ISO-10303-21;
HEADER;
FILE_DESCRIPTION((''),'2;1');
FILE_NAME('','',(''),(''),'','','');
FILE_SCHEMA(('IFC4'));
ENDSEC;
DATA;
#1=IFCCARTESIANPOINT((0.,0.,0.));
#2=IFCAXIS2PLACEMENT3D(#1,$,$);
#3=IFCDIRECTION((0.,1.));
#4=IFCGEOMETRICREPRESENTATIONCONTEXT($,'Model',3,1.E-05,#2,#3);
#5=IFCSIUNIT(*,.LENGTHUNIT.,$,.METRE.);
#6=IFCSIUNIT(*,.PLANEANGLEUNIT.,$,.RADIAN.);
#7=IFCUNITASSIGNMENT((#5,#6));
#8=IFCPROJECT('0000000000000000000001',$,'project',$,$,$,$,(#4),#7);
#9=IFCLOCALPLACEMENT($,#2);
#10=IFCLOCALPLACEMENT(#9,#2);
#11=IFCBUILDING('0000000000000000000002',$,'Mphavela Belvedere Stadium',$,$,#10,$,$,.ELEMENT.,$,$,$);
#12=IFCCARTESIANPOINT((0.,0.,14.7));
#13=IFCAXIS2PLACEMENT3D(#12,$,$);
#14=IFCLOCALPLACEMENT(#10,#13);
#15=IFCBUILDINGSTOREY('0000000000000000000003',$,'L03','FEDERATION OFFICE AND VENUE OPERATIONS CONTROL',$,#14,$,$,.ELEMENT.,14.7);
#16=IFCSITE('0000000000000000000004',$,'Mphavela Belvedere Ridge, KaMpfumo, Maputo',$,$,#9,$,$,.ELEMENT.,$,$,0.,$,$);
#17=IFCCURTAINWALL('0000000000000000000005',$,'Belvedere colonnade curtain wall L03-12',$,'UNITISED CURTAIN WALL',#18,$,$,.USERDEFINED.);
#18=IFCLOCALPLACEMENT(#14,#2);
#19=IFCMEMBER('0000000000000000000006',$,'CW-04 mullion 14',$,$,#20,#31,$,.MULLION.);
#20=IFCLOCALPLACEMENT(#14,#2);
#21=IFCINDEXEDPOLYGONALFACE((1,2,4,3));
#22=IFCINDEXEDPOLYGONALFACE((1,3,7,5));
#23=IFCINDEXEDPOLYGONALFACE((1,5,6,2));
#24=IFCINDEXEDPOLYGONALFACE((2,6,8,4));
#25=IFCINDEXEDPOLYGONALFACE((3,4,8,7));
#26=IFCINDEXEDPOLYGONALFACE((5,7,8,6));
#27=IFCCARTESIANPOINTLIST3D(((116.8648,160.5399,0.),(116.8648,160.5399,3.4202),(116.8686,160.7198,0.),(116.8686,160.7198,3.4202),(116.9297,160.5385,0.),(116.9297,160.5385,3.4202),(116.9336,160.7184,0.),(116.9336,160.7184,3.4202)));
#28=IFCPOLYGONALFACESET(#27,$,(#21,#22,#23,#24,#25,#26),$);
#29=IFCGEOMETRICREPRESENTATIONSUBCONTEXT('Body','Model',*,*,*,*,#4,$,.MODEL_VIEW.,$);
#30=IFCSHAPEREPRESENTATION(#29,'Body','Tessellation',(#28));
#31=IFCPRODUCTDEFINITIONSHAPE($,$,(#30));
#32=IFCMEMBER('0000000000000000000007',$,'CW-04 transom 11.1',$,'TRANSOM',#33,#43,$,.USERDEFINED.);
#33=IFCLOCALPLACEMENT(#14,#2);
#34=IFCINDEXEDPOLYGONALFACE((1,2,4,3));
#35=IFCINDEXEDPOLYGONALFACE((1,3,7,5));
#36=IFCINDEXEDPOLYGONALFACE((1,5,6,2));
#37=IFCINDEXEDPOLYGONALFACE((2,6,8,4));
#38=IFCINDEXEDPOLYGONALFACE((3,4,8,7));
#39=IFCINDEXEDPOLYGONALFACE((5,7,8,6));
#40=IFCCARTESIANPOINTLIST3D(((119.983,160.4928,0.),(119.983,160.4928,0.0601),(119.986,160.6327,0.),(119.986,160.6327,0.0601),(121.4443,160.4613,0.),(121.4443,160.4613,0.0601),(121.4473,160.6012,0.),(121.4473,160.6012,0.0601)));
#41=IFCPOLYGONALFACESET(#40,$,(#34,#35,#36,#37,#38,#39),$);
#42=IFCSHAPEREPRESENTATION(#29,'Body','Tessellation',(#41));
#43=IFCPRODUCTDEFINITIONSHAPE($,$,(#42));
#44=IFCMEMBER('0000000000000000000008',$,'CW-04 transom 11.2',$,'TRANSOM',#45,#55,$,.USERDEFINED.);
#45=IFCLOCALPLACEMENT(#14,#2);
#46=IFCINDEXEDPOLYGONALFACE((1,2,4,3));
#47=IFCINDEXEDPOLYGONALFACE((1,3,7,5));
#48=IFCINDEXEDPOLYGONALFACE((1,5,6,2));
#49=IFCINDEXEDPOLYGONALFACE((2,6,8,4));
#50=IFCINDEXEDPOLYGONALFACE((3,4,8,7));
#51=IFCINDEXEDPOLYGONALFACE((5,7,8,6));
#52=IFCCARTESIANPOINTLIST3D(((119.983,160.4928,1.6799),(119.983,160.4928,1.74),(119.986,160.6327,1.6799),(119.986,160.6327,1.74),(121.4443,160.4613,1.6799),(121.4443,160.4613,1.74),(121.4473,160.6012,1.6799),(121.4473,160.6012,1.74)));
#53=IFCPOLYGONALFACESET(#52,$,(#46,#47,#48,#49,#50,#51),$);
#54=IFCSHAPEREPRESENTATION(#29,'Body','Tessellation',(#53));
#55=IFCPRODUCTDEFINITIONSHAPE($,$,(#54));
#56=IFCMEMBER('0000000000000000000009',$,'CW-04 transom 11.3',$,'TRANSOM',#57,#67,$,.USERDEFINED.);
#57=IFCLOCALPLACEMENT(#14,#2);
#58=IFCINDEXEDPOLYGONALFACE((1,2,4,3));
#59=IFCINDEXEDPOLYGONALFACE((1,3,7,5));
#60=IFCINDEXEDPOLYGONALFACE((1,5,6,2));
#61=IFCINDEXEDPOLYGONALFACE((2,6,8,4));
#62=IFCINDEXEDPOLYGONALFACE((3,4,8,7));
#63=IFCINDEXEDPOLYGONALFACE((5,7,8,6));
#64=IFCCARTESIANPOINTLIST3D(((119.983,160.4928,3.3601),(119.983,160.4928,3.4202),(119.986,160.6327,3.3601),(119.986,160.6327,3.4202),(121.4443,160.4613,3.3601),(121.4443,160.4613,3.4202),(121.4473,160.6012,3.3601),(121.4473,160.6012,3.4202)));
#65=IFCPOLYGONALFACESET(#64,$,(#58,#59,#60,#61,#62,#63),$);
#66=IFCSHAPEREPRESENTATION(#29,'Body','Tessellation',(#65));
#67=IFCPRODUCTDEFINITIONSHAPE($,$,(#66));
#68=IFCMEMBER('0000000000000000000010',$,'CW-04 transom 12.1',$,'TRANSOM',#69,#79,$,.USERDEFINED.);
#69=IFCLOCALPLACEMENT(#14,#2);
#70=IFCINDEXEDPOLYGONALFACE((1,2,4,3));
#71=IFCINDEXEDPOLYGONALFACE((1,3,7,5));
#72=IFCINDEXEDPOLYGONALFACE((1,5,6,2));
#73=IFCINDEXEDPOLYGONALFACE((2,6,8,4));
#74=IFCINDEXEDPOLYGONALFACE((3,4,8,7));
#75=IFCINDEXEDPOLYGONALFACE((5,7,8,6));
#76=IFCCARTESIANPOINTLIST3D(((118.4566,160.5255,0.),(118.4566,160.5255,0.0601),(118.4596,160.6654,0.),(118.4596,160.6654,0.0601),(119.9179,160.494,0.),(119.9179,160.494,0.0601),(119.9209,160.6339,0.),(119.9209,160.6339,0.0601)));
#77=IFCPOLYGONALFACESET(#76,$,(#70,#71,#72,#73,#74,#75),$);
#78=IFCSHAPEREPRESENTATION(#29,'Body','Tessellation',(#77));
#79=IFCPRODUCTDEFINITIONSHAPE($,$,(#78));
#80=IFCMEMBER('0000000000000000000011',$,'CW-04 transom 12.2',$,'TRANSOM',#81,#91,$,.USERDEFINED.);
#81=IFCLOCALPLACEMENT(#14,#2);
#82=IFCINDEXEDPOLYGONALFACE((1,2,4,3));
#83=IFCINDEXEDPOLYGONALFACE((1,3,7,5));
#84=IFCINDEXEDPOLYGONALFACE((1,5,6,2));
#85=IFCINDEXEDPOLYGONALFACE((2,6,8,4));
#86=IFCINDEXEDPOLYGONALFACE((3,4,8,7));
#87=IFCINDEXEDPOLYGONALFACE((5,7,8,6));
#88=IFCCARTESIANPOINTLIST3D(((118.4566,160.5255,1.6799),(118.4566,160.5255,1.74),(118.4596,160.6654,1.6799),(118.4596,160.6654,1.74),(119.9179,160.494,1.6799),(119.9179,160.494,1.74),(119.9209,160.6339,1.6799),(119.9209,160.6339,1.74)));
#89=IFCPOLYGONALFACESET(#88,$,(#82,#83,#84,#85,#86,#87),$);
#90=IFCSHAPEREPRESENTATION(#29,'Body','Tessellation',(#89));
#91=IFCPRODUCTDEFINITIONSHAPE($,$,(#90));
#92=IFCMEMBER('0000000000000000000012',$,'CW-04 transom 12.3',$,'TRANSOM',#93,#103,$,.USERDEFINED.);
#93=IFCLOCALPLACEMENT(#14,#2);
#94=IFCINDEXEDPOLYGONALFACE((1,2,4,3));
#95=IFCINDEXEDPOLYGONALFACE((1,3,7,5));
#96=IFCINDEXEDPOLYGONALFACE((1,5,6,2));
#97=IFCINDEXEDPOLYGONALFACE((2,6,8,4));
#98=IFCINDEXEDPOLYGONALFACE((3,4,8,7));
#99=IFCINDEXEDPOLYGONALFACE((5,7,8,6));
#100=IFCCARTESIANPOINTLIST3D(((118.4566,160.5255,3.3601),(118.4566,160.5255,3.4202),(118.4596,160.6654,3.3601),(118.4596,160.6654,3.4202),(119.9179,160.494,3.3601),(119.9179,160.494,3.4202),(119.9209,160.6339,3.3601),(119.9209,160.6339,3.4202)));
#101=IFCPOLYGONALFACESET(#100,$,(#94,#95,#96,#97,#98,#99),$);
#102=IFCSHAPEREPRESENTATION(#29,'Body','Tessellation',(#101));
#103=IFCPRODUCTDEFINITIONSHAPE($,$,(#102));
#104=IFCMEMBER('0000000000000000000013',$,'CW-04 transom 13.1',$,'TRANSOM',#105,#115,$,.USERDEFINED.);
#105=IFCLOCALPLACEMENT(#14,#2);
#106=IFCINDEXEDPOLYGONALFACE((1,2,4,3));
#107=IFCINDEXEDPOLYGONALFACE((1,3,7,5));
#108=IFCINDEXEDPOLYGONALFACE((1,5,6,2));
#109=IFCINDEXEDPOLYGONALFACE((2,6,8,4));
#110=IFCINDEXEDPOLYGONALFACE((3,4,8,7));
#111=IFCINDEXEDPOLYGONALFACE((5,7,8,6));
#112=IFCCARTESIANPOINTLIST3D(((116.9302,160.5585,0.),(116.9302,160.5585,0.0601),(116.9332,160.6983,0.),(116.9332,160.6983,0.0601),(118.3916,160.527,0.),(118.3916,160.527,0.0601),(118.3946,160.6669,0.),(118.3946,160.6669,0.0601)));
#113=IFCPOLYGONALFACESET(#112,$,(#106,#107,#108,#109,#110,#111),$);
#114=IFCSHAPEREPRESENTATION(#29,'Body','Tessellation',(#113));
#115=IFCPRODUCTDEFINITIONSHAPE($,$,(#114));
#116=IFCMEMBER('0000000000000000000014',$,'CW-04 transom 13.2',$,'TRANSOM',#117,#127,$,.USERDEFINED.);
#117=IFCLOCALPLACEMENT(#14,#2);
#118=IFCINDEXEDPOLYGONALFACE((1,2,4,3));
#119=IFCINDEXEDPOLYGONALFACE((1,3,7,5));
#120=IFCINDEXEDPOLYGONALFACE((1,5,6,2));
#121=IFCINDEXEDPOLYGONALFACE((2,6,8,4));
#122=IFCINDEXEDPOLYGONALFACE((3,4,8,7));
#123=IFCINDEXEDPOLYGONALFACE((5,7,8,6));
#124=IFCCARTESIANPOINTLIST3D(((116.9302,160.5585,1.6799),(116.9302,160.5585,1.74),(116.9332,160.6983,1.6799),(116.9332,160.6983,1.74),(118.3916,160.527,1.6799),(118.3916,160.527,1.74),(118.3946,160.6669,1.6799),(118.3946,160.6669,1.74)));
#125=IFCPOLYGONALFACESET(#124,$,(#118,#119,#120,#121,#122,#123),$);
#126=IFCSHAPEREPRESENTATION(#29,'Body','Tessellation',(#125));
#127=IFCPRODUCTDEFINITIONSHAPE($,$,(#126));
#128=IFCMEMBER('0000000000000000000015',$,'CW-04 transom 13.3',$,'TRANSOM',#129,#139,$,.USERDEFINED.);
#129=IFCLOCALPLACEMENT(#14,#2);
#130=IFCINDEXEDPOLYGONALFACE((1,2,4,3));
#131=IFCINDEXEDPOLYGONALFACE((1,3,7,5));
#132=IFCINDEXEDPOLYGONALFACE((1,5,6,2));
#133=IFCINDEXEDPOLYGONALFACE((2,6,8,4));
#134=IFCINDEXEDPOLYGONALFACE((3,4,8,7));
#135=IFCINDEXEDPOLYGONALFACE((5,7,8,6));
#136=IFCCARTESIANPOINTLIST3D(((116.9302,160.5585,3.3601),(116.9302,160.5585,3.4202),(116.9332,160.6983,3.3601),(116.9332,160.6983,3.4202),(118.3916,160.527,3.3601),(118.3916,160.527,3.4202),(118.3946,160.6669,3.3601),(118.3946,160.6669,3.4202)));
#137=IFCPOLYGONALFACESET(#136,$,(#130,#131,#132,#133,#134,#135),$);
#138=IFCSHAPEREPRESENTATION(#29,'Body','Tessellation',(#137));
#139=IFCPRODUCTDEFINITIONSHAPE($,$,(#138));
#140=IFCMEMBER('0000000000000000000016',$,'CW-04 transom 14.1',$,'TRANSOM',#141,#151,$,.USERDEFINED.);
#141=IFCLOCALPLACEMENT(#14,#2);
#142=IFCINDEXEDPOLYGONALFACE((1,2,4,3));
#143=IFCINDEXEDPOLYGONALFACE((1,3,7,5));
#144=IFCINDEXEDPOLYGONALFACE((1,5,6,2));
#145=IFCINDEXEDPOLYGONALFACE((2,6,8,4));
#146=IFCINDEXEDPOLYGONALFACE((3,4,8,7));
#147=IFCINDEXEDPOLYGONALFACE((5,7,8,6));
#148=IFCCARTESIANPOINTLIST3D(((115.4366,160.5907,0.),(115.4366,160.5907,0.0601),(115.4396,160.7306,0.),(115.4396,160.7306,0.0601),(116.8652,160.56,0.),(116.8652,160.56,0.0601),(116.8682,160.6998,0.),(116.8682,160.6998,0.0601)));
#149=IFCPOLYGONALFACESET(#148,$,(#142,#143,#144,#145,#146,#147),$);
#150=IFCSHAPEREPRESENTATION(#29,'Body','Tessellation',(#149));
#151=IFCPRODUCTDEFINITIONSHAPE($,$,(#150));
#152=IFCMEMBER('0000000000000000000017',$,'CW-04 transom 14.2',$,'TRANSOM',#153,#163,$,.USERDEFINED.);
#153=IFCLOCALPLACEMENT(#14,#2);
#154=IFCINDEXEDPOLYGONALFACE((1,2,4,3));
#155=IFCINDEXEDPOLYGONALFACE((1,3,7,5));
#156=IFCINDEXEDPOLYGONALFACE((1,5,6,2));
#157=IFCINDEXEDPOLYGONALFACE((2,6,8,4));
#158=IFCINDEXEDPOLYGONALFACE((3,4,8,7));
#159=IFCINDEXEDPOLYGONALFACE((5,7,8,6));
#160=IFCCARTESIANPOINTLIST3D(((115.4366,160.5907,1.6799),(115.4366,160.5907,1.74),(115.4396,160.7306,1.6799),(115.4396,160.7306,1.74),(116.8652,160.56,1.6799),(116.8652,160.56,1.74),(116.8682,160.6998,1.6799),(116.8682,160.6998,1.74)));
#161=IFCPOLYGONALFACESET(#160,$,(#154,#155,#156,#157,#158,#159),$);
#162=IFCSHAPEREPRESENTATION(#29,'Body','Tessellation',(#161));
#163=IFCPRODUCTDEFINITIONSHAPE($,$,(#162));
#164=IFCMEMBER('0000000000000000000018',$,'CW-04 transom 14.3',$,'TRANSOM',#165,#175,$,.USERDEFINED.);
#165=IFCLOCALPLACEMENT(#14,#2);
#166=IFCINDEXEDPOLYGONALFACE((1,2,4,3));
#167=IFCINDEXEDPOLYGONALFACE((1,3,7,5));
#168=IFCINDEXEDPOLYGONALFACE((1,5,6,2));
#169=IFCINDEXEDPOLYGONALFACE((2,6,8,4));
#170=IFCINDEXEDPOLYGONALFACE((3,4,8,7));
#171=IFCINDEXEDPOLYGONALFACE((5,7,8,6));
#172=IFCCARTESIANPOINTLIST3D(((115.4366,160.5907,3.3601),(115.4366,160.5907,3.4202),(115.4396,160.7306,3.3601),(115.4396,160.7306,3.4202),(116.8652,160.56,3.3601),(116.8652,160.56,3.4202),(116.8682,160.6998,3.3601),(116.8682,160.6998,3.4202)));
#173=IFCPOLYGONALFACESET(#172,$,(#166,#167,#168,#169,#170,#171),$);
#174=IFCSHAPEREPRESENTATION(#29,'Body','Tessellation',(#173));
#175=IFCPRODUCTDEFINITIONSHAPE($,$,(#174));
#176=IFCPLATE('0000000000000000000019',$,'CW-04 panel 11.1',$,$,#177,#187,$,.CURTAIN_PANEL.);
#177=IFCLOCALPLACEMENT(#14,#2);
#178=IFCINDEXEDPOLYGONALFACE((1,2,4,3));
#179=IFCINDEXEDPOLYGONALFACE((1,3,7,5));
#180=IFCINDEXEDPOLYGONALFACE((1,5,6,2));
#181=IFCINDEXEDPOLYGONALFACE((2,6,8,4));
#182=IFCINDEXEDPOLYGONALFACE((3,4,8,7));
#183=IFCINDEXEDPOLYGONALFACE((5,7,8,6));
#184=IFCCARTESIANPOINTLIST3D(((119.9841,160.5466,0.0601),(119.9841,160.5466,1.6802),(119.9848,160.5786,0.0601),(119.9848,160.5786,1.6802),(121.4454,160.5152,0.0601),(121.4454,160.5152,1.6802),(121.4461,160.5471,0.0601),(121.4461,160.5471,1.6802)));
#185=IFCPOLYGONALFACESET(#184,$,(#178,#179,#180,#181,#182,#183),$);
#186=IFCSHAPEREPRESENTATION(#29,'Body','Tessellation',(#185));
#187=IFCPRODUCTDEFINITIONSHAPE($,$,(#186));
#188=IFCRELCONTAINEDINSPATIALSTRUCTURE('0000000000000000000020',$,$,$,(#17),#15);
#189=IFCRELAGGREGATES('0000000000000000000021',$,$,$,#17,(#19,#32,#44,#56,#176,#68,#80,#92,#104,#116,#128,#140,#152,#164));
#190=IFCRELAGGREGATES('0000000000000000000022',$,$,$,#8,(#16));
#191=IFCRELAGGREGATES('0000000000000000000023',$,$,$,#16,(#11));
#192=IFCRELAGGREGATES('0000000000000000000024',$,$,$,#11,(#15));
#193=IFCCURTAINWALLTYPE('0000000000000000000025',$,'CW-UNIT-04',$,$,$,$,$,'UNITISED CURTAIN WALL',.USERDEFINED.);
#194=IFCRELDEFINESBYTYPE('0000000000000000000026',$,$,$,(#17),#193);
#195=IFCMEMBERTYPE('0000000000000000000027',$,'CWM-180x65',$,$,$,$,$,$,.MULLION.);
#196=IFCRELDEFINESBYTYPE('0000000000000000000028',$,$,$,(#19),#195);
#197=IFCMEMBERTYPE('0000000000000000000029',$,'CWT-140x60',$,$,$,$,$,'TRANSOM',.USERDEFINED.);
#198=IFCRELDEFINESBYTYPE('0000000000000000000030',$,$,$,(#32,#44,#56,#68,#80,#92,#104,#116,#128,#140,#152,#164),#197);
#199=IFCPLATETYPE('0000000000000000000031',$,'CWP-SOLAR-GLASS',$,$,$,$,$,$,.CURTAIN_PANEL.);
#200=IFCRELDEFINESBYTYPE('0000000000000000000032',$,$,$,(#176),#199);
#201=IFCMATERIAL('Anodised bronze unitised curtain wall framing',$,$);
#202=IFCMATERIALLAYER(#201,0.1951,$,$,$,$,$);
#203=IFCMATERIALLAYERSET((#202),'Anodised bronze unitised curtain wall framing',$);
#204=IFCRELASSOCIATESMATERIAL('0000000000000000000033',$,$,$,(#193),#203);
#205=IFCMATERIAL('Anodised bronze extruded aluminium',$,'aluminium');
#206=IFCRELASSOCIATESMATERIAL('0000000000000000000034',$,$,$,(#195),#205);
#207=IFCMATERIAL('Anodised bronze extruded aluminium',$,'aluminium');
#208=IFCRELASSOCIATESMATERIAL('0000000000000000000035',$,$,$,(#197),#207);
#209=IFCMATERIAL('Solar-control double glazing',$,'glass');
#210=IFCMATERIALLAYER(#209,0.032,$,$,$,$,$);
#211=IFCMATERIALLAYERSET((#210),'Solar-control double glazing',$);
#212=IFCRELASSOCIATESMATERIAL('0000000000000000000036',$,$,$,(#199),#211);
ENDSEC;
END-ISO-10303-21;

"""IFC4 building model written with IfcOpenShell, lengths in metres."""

from ifc_helpers import new_model, si_unit, direction, frame, origin, origin_2d, place, context, subcontext, project, spatial, rectangle, extrude, material, layer, layer_set, material_profile, profile_set, type_object, element, aggregate, save


model = new_model("IFC4")

# Units and contexts
model_context = context("Model", 3, precision=1e-05, world=origin(), true_north=direction((0.0, 1.0)))
body_context = subcontext(model_context, "Body", "Model", "MODEL_VIEW")
ifc_project = project(units=[si_unit("LENGTHUNIT", "METRE"), si_unit("PLANEANGLEUNIT", "RADIAN")], contexts=[model_context])

# Site, building, storey
site_placement = place(None, origin())
site = spatial("IfcSite", under=ifc_project, at=site_placement, Name="Mphavela Belvedere Ridge, KaMpfumo, Maputo", CompositionType="ELEMENT", RefElevation=0.0)
building_placement = place(site_placement, origin())
building = spatial("IfcBuilding", under=site, at=building_placement, Name="Mphavela Belvedere Stadium", CompositionType="ELEMENT")
storey_placement = place(building_placement, frame((0.0, 0.0, 14.7)))
storey = spatial("IfcBuildingStorey", under=building, at=storey_placement, Name="L03", Description="FEDERATION OFFICE AND VENUE OPERATIONS CONTROL", CompositionType="ELEMENT", Elevation=14.7)

# Curtain wall, members, plate
ifc_material_1 = material(Name="Anodised bronze unitised curtain wall framing")
ifc_layer_1 = layer(ifc_material_1, 0.1951)
ifc_layer_set_1 = layer_set([ifc_layer_1], Name="Anodised bronze unitised curtain wall framing")
curtain_wall_type = type_object("IfcCurtainWallType", Name="CW-UNIT-04", ElementType="UNITISED CURTAIN WALL", PredefinedType="USERDEFINED", material=ifc_layer_set_1)
curtain_wall_placement = place(storey_placement, origin())
curtain_wall = element("IfcCurtainWall", 1, at=curtain_wall_placement, inside=storey, type_object=curtain_wall_type, Name="Belvedere colonnade curtain wall L03-12", ObjectType="UNITISED CURTAIN WALL", PredefinedType="USERDEFINED")
ifc_material_2 = material(Name="Anodised bronze extruded aluminium", Category="aluminium")
ifc_material_profile_1 = material_profile(ifc_material_2, rectangle(XDim=0.1799, YDim=0.0649, at=origin_2d()), Name="CW-MUL 180x65")
ifc_profile_set_1 = profile_set([ifc_material_profile_1], Name="Anodised bronze extruded aluminium")
member_type_1 = type_object("IfcMemberType", Name="CWM-180x65", PredefinedType="MULLION", material=ifc_profile_set_1)
member_1_placement = place(storey_placement, frame((116.8992, 160.6292, 0.0), z_axis=(0.0, 0.0, 1.0), x_axis=(-0.021531, -0.999768, 0.0)))
member_1 = element("IfcMember", 2, at=member_1_placement, type_object=member_type_1, Name="CW-04 mullion 14", PredefinedType="MULLION", context=body_context, shape_type="SweptSolid", body=[
    extrude(rectangle(XDim=0.1799, YDim=0.0649, at=origin_2d()), origin(), (0.0, 0.0, 1.0), 3.4202),
])
ifc_material_3 = material(Name="Anodised bronze extruded aluminium", Category="aluminium")
ifc_material_profile_2 = material_profile(ifc_material_3, rectangle(XDim=0.1399, YDim=0.0601, at=origin_2d()), Name="CW-TRN 140x60")
ifc_profile_set_2 = profile_set([ifc_material_profile_2], Name="Anodised bronze extruded aluminium")
member_type_2 = type_object("IfcMemberType", Name="CWT-140x60", ElementType="TRANSOM", PredefinedType="USERDEFINED", material=ifc_profile_set_2)
member_2_placement = place(storey_placement, frame((121.4458, 160.5312, 0.03), z_axis=(-0.999768, 0.021545, 0.0), x_axis=(-0.021545, -0.999768, 0.0)))
member_2 = element("IfcMember", 3, at=member_2_placement, type_object=member_type_2, Name="CW-04 transom 11.1", ObjectType="TRANSOM", PredefinedType="USERDEFINED", context=body_context, shape_type="SweptSolid", body=[
    extrude(rectangle(XDim=0.1399, YDim=0.0601, at=origin_2d()), origin(), (0.0, 0.0, 1.0), 1.4617),
])
member_3_placement = place(storey_placement, frame((121.4458, 160.5312, 1.71), z_axis=(-0.999768, 0.021545, 0.0), x_axis=(-0.021545, -0.999768, 0.0)))
member_3 = element("IfcMember", 4, at=member_3_placement, type_object=member_type_2, Name="CW-04 transom 11.2", ObjectType="TRANSOM", PredefinedType="USERDEFINED", context=body_context, shape_type="SweptSolid", body=[
    extrude(rectangle(XDim=0.1399, YDim=0.0601, at=origin_2d()), origin(), (0.0, 0.0, 1.0), 1.4617),
])
member_4_placement = place(storey_placement, frame((121.4458, 160.5312, 3.3901), z_axis=(-0.999768, 0.021545, 0.0), x_axis=(-0.021545, -0.999768, 0.0)))
member_4 = element("IfcMember", 5, at=member_4_placement, type_object=member_type_2, Name="CW-04 transom 11.3", ObjectType="TRANSOM", PredefinedType="USERDEFINED", context=body_context, shape_type="SweptSolid", body=[
    extrude(rectangle(XDim=0.1399, YDim=0.0601, at=origin_2d()), origin(), (0.0, 0.0, 1.0), 1.4617),
])
member_5_placement = place(storey_placement, frame((119.9194, 160.564, 0.03), z_axis=(-0.999768, 0.021545, 0.0), x_axis=(-0.021545, -0.999768, 0.0)))
member_5 = element("IfcMember", 6, at=member_5_placement, type_object=member_type_2, Name="CW-04 transom 12.1", ObjectType="TRANSOM", PredefinedType="USERDEFINED", context=body_context, shape_type="SweptSolid", body=[
    extrude(rectangle(XDim=0.1399, YDim=0.0601, at=origin_2d()), origin(), (0.0, 0.0, 1.0), 1.4617),
])
member_6_placement = place(storey_placement, frame((119.9194, 160.564, 1.71), z_axis=(-0.999768, 0.021545, 0.0), x_axis=(-0.021545, -0.999768, 0.0)))
member_6 = element("IfcMember", 7, at=member_6_placement, type_object=member_type_2, Name="CW-04 transom 12.2", ObjectType="TRANSOM", PredefinedType="USERDEFINED", context=body_context, shape_type="SweptSolid", body=[
    extrude(rectangle(XDim=0.1399, YDim=0.0601, at=origin_2d()), origin(), (0.0, 0.0, 1.0), 1.4617),
])
member_7_placement = place(storey_placement, frame((119.9194, 160.564, 3.3901), z_axis=(-0.999768, 0.021545, 0.0), x_axis=(-0.021545, -0.999768, 0.0)))
member_7 = element("IfcMember", 8, at=member_7_placement, type_object=member_type_2, Name="CW-04 transom 12.3", ObjectType="TRANSOM", PredefinedType="USERDEFINED", context=body_context, shape_type="SweptSolid", body=[
    extrude(rectangle(XDim=0.1399, YDim=0.0601, at=origin_2d()), origin(), (0.0, 0.0, 1.0), 1.4617),
])
member_8_placement = place(storey_placement, frame((118.3931, 160.5969, 0.03), z_axis=(-0.999768, 0.021545, 0.0), x_axis=(-0.021545, -0.999768, 0.0)))
member_8 = element("IfcMember", 9, at=member_8_placement, type_object=member_type_2, Name="CW-04 transom 13.1", ObjectType="TRANSOM", PredefinedType="USERDEFINED", context=body_context, shape_type="SweptSolid", body=[
    extrude(rectangle(XDim=0.1399, YDim=0.0601, at=origin_2d()), origin(), (0.0, 0.0, 1.0), 1.4617),
])
member_9_placement = place(storey_placement, frame((118.3931, 160.5969, 1.71), z_axis=(-0.999768, 0.021545, 0.0), x_axis=(-0.021545, -0.999768, 0.0)))
member_9 = element("IfcMember", 10, at=member_9_placement, type_object=member_type_2, Name="CW-04 transom 13.2", ObjectType="TRANSOM", PredefinedType="USERDEFINED", context=body_context, shape_type="SweptSolid", body=[
    extrude(rectangle(XDim=0.1399, YDim=0.0601, at=origin_2d()), origin(), (0.0, 0.0, 1.0), 1.4617),
])
member_10_placement = place(storey_placement, frame((118.3931, 160.5969, 3.3901), z_axis=(-0.999768, 0.021545, 0.0), x_axis=(-0.021545, -0.999768, 0.0)))
member_10 = element("IfcMember", 11, at=member_10_placement, type_object=member_type_2, Name="CW-04 transom 13.3", ObjectType="TRANSOM", PredefinedType="USERDEFINED", context=body_context, shape_type="SweptSolid", body=[
    extrude(rectangle(XDim=0.1399, YDim=0.0601, at=origin_2d()), origin(), (0.0, 0.0, 1.0), 1.4617),
])
member_11_placement = place(storey_placement, frame((116.8667, 160.6299, 0.03), z_axis=(-0.999768, 0.021526, 0.0), x_axis=(-0.021526, -0.999768, 0.0)))
member_11 = element("IfcMember", 12, at=member_11_placement, type_object=member_type_2, Name="CW-04 transom 14.1", ObjectType="TRANSOM", PredefinedType="USERDEFINED", context=body_context, shape_type="SweptSolid", body=[
    extrude(rectangle(XDim=0.1399, YDim=0.0601, at=origin_2d()), origin(), (0.0, 0.0, 1.0), 1.429),
])
member_12_placement = place(storey_placement, frame((116.8667, 160.6299, 1.71), z_axis=(-0.999768, 0.021526, 0.0), x_axis=(-0.021526, -0.999768, 0.0)))
member_12 = element("IfcMember", 13, at=member_12_placement, type_object=member_type_2, Name="CW-04 transom 14.2", ObjectType="TRANSOM", PredefinedType="USERDEFINED", context=body_context, shape_type="SweptSolid", body=[
    extrude(rectangle(XDim=0.1399, YDim=0.0601, at=origin_2d()), origin(), (0.0, 0.0, 1.0), 1.429),
])
member_13_placement = place(storey_placement, frame((116.8667, 160.6299, 3.3901), z_axis=(-0.999768, 0.021526, 0.0), x_axis=(-0.021526, -0.999768, 0.0)))
member_13 = element("IfcMember", 14, at=member_13_placement, type_object=member_type_2, Name="CW-04 transom 14.3", ObjectType="TRANSOM", PredefinedType="USERDEFINED", context=body_context, shape_type="SweptSolid", body=[
    extrude(rectangle(XDim=0.1399, YDim=0.0601, at=origin_2d()), origin(), (0.0, 0.0, 1.0), 1.429),
])
ifc_material_4 = material(Name="Solar-control double glazing", Category="glass")
ifc_layer_2 = layer(ifc_material_4, 0.032)
ifc_layer_set_2 = layer_set([ifc_layer_2], Name="Solar-control double glazing")
plate_type = type_object("IfcPlateType", Name="CWP-SOLAR-GLASS", PredefinedType="CURTAIN_PANEL", material=ifc_layer_set_2)
plate_1_placement = place(storey_placement, frame((120.7151, 160.5469, 0.0601), z_axis=(0.0, 0.0, 1.0), x_axis=(-0.999768, 0.021531, 0.0)))
plate_1 = element("IfcPlate", 15, at=plate_1_placement, type_object=plate_type, Name="CW-04 panel 11.1", PredefinedType="CURTAIN_PANEL", context=body_context, shape_type="SweptSolid", body=[
    extrude(rectangle(XDim=1.4617, YDim=0.032, at=origin_2d()), origin(), (0.0, 0.0, 1.0), 1.6201),
])
aggregate(curtain_wall, [member_1, member_2, member_3, member_4, plate_1, member_5, member_6, member_7, member_8, member_9, member_10, member_11, member_12, member_13])

save(model, "model.ifc")
